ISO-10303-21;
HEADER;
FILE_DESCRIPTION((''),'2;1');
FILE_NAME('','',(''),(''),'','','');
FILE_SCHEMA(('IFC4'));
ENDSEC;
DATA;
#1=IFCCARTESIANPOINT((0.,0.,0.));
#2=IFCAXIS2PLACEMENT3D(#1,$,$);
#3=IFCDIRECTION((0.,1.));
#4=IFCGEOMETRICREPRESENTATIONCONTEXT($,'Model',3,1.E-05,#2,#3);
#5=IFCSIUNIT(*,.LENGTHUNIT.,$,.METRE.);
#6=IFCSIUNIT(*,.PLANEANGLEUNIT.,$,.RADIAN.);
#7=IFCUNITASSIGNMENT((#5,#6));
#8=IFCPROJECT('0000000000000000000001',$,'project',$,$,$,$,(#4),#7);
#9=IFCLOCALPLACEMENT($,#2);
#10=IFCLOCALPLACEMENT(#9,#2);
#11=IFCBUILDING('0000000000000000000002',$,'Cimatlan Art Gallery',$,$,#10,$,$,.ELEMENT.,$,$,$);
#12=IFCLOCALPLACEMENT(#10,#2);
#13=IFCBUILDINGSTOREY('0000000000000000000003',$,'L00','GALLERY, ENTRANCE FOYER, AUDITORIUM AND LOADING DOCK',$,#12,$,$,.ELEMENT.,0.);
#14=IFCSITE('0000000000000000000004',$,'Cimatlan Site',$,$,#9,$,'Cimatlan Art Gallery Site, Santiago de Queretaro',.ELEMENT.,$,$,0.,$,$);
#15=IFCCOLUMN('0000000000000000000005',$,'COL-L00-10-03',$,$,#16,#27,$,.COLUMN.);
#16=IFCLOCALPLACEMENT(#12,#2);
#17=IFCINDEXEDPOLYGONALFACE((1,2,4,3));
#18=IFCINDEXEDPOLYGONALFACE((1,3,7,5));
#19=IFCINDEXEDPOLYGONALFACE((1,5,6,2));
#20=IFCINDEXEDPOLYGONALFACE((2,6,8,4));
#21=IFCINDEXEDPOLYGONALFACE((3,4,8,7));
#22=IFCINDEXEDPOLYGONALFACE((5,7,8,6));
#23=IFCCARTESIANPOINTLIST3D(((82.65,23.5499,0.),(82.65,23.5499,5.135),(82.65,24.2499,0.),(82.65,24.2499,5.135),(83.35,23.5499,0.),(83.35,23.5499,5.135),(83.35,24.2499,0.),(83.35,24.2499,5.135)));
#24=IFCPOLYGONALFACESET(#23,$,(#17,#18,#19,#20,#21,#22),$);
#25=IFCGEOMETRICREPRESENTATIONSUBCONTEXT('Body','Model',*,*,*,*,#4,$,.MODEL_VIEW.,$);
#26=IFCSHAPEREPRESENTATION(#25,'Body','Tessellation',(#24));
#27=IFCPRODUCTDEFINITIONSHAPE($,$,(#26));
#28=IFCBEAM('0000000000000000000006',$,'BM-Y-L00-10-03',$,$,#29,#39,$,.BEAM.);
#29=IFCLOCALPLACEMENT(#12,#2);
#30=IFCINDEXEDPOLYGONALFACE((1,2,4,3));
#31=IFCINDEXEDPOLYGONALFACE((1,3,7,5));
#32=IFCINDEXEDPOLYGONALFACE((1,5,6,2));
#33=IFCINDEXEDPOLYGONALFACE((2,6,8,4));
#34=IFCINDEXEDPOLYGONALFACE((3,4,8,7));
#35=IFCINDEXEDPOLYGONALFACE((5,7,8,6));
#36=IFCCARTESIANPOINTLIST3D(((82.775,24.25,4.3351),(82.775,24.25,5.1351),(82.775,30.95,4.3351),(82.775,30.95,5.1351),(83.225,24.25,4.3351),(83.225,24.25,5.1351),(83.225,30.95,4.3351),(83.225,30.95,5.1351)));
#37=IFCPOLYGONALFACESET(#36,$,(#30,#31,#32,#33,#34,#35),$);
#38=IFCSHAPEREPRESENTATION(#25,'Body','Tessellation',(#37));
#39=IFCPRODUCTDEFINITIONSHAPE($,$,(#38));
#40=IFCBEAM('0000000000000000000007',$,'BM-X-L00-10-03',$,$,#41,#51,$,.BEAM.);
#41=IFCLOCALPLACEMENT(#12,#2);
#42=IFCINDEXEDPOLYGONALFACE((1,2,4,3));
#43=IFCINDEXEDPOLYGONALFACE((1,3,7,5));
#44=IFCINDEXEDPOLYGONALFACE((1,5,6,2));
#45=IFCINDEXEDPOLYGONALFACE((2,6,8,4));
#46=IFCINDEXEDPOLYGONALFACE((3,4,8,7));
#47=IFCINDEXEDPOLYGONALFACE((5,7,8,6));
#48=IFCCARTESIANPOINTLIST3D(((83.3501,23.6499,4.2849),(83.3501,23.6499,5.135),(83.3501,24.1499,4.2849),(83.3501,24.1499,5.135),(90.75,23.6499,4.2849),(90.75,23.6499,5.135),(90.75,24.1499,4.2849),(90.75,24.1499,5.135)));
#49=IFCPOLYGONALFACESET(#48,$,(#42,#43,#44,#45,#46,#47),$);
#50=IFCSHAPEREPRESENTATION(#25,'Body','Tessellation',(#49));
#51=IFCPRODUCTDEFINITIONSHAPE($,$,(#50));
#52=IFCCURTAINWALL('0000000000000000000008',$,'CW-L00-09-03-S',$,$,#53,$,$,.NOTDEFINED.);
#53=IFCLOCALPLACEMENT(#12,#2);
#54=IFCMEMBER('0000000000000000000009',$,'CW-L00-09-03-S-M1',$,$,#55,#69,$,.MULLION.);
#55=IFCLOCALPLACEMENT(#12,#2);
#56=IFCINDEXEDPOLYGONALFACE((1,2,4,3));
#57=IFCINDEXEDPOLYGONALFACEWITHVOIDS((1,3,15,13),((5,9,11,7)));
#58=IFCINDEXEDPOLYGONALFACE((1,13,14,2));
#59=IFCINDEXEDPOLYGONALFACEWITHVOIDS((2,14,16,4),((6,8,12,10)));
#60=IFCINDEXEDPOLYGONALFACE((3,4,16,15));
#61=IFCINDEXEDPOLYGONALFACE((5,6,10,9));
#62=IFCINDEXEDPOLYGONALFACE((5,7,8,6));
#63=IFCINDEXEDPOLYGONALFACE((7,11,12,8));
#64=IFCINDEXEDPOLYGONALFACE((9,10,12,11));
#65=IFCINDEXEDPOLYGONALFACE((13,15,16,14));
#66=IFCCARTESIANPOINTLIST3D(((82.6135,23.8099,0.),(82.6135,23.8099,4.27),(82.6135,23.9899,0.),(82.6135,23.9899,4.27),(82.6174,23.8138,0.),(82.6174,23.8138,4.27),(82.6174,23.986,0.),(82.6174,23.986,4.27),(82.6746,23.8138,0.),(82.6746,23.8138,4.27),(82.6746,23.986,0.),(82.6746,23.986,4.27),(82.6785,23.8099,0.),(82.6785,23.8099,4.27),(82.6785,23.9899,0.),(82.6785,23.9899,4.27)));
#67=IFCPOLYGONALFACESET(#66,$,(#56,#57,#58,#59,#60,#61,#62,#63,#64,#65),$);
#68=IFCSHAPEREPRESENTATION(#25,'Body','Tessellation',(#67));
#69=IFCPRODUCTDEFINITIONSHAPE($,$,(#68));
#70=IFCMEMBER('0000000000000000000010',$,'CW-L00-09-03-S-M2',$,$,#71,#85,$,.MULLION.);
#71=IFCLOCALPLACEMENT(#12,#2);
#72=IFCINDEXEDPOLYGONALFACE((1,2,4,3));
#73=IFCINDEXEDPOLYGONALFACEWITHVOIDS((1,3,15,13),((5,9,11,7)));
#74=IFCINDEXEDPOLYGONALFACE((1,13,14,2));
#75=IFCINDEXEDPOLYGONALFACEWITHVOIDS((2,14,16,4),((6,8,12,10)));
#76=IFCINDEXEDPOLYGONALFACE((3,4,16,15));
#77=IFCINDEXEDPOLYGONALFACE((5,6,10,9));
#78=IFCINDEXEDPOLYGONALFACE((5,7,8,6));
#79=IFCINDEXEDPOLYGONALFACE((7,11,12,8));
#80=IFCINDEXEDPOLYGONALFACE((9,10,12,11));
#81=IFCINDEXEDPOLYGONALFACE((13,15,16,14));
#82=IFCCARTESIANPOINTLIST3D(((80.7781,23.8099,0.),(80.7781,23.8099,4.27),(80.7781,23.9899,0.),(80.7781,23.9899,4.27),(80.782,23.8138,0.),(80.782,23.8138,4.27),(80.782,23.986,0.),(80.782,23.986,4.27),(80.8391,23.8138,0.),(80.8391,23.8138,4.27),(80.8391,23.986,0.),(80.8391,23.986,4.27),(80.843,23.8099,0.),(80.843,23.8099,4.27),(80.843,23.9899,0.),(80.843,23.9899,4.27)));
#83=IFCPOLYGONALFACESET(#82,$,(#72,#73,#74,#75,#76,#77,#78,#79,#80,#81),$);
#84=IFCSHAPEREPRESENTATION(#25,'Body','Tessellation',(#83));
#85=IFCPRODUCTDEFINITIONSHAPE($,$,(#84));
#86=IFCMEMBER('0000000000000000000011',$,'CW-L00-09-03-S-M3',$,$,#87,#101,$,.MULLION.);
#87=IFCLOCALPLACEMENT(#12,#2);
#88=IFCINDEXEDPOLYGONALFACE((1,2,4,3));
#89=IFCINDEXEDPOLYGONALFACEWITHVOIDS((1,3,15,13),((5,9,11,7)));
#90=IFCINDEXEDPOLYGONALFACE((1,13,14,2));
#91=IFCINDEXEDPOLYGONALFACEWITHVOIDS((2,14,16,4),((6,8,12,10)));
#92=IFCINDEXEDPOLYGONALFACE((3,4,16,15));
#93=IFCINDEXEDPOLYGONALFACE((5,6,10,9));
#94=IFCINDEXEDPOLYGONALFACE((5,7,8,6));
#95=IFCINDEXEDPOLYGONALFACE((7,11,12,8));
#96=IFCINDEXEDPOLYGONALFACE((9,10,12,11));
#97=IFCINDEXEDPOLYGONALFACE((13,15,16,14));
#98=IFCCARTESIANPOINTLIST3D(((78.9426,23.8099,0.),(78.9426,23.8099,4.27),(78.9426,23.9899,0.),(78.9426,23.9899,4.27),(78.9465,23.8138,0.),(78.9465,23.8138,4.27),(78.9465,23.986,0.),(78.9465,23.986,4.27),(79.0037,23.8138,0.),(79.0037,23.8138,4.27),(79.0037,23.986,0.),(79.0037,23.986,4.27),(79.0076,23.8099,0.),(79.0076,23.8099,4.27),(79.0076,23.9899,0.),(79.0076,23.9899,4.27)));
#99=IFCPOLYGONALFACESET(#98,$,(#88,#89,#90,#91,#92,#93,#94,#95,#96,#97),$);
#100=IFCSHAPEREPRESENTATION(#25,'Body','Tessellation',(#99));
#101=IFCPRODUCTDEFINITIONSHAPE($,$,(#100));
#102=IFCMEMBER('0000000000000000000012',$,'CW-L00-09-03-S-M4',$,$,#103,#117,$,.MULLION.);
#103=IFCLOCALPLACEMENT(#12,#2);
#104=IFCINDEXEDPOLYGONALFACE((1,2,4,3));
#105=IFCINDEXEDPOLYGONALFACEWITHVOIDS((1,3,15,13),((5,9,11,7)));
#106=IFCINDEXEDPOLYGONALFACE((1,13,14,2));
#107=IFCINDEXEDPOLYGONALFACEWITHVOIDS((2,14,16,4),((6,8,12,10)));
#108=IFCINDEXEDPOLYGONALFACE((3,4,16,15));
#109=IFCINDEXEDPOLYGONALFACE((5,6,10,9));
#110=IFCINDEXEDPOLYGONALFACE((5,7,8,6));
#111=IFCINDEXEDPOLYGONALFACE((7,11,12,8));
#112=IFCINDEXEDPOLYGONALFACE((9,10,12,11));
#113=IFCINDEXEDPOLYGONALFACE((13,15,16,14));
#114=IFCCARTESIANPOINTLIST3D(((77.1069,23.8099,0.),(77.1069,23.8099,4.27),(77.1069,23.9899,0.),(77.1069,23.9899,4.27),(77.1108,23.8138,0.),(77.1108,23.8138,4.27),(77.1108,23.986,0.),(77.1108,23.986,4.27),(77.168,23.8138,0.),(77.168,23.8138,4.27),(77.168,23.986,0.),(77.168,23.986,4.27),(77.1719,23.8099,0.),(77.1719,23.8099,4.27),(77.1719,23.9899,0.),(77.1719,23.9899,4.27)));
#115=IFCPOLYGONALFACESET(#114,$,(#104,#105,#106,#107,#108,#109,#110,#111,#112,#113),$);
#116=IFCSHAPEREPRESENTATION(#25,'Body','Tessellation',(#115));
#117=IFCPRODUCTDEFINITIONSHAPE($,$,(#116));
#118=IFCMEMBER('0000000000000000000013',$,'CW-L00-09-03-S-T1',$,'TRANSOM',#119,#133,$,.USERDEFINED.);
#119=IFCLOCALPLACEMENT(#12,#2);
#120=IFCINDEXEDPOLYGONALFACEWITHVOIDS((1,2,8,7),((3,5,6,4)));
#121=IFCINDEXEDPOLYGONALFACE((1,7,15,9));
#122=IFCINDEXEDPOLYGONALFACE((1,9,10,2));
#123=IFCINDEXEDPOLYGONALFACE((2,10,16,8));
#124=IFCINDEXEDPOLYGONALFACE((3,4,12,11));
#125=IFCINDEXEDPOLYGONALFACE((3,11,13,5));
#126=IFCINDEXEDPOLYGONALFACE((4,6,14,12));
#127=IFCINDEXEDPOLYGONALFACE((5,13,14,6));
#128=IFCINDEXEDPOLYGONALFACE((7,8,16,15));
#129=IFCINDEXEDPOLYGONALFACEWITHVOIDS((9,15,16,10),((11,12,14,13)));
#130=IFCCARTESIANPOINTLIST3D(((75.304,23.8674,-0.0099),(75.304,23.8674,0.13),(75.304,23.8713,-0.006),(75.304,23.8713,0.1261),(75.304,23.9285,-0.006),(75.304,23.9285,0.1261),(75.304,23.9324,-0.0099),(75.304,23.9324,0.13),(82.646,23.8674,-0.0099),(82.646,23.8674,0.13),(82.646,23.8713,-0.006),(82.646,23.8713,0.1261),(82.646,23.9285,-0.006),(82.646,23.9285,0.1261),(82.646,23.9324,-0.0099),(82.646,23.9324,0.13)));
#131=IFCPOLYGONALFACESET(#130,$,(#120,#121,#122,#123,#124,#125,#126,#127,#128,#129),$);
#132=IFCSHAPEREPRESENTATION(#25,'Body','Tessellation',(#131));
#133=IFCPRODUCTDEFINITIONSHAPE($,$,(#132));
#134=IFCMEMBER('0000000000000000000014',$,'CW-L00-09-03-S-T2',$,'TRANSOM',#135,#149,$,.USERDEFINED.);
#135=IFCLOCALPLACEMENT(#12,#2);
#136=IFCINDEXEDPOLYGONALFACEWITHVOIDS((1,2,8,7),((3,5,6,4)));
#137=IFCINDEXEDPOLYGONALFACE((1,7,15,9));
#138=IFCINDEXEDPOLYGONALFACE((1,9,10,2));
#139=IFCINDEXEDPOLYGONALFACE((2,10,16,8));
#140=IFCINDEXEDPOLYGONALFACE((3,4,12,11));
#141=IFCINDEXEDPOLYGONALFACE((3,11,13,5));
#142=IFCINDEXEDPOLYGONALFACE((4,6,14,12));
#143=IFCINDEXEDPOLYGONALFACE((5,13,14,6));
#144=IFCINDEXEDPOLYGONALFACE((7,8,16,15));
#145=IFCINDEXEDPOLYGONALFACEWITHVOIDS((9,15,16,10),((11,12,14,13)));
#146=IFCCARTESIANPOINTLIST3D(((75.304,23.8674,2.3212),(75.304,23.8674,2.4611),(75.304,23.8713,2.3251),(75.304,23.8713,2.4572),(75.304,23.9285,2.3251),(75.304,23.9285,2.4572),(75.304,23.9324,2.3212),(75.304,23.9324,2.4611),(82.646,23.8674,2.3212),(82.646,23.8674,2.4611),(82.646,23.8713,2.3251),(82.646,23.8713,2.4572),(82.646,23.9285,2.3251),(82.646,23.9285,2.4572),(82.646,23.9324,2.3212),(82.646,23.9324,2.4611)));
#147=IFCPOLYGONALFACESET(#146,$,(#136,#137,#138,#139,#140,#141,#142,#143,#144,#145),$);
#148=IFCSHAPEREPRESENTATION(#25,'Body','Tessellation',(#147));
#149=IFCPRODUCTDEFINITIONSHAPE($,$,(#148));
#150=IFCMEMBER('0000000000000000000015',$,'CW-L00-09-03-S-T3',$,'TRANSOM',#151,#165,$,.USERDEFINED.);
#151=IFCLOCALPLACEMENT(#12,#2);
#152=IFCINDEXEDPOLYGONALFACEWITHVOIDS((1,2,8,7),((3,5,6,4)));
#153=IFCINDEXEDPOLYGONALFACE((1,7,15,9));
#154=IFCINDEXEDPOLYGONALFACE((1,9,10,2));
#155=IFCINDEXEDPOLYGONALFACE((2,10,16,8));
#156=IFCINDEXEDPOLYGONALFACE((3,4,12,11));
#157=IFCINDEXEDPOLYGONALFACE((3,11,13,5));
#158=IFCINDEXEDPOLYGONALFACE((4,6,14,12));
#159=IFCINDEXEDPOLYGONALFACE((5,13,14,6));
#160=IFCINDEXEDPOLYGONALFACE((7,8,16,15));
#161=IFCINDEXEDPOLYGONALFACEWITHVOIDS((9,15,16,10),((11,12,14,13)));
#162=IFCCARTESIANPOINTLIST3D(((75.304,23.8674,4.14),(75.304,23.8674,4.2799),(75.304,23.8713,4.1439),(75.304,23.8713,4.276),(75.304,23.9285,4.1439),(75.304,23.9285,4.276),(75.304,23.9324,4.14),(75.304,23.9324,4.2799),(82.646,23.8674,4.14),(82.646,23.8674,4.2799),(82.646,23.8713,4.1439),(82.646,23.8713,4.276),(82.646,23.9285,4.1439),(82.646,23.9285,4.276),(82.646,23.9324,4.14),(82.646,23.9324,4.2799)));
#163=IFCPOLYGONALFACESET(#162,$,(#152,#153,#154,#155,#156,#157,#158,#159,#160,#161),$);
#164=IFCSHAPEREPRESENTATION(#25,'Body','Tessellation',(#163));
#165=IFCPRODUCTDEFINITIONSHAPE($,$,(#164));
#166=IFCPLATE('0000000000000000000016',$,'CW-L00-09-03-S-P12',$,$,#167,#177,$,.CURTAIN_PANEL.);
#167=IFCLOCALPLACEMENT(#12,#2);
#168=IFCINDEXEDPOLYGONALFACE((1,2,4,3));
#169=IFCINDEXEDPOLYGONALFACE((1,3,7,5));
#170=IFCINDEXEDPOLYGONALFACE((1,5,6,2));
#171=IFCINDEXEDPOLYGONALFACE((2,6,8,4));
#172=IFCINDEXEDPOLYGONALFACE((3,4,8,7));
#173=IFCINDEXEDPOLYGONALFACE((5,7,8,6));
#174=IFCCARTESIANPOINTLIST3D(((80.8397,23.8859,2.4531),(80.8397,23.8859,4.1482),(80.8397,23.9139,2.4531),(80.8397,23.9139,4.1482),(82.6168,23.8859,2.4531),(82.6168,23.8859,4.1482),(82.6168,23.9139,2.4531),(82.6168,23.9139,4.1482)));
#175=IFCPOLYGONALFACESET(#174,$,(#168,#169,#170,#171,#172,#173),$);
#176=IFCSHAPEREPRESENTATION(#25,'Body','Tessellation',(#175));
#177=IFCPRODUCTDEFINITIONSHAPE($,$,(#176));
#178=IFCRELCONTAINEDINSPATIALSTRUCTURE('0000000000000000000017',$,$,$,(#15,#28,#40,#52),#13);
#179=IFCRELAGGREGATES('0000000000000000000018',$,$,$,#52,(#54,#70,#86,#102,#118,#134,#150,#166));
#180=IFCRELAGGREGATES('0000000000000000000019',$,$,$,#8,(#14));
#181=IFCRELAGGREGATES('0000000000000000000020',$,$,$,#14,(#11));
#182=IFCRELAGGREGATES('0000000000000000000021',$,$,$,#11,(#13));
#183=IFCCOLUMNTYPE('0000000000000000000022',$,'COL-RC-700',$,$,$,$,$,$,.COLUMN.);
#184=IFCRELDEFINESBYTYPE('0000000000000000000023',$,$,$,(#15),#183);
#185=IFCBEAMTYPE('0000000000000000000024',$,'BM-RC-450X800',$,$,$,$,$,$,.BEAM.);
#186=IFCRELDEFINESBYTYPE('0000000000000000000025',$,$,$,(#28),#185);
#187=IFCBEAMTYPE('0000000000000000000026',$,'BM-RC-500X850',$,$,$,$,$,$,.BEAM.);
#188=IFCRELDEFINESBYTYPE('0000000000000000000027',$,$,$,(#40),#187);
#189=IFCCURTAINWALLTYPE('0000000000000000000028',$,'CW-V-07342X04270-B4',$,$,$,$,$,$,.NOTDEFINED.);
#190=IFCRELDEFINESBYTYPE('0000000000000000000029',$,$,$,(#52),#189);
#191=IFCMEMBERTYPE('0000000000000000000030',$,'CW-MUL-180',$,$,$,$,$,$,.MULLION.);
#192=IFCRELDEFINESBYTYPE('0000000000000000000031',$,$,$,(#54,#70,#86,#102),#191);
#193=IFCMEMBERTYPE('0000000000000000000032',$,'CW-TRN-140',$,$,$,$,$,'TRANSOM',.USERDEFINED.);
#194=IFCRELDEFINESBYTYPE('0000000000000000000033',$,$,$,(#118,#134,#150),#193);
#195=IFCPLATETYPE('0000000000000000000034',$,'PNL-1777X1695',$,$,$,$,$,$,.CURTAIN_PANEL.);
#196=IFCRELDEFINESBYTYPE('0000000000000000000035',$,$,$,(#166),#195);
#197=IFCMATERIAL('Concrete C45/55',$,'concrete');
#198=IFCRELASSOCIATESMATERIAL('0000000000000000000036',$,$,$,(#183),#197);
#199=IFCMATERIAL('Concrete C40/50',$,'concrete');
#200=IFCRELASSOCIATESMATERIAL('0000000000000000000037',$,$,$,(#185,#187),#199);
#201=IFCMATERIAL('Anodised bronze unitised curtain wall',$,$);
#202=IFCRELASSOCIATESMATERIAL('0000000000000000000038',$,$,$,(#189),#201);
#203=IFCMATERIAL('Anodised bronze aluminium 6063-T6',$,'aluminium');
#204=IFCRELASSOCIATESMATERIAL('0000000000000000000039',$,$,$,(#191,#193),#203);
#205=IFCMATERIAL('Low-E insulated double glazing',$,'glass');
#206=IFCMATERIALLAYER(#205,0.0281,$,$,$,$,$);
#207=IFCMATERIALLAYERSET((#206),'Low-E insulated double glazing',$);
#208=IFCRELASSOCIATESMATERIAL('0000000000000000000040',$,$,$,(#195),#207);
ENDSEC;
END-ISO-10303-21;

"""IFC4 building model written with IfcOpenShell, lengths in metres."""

from ifc_helpers import new_model, si_unit, direction, frame, origin, origin_2d, place, context, subcontext, project, spatial, rectangle, hollow_rectangle, extrude, material, layer, layer_set, material_profile, profile_set, type_object, element, aggregate, save


model = new_model("IFC4")

# Units and contexts
model_context = context("Model", 3, precision=1e-05, world=origin(), true_north=direction((0.0, 1.0)))
body_context = subcontext(model_context, "Body", "Model", "MODEL_VIEW")
ifc_project = project(units=[si_unit("LENGTHUNIT", "METRE"), si_unit("PLANEANGLEUNIT", "RADIAN")], contexts=[model_context])

# Site, building, storey
site_placement = place(None, origin())
site = spatial("IfcSite", under=ifc_project, at=site_placement, Name="Cimatlan Site", LongName="Cimatlan Art Gallery Site, Santiago de Queretaro", CompositionType="ELEMENT", RefElevation=0.0)
building_placement = place(site_placement, origin())
building = spatial("IfcBuilding", under=site, at=building_placement, Name="Cimatlan Art Gallery", CompositionType="ELEMENT")
storey_placement = place(building_placement, origin())
storey = spatial("IfcBuildingStorey", under=building, at=storey_placement, Name="L00", Description="GALLERY, ENTRANCE FOYER, AUDITORIUM AND LOADING DOCK", CompositionType="ELEMENT", Elevation=0.0)

# Column
ifc_material_1 = material(Name="Concrete C45/55", Category="concrete")
ifc_material_profile_1 = material_profile(ifc_material_1, rectangle(XDim=0.7, YDim=0.7, at=origin_2d()), Name="RC700X700")
ifc_profile_set_1 = profile_set([ifc_material_profile_1], Name="Concrete C45/55")
column_type = type_object("IfcColumnType", Name="COL-RC-700", PredefinedType="COLUMN", material=ifc_profile_set_1)
column_placement = place(storey_placement, frame((83.0, 23.8999, 0.0), z_axis=(0.0, 0.0, 1.0), x_axis=(1.0, 0.0, 0.0)))
element("IfcColumn", 1, at=column_placement, inside=storey, type_object=column_type, Name="COL-L00-10-03", PredefinedType="COLUMN", context=body_context, shape_type="SweptSolid", body=[
    extrude(rectangle(XDim=0.7, YDim=0.7, at=origin_2d()), origin(), (0.0, 0.0, 1.0), 5.135),
])

# Beams
ifc_material_2 = material(Name="Concrete C40/50", Category="concrete")
ifc_material_profile_2 = material_profile(ifc_material_2, rectangle(XDim=0.45, YDim=0.8, at=origin_2d()), Name="RC450X800")
ifc_profile_set_2 = profile_set([ifc_material_profile_2], Name="Concrete C40/50")
beam_type_1 = type_object("IfcBeamType", Name="BM-RC-450X800", PredefinedType="BEAM", material=ifc_profile_set_2)
beam_1_placement = place(storey_placement, frame((83.0, 24.25, 4.7351), z_axis=(0.0, 1.0, 0.0), x_axis=(-1.0, 0.0, 0.0)))
element("IfcBeam", 2, at=beam_1_placement, inside=storey, type_object=beam_type_1, Name="BM-Y-L00-10-03", PredefinedType="BEAM", context=body_context, shape_type="SweptSolid", body=[
    extrude(rectangle(XDim=0.45, YDim=0.8, at=origin_2d()), origin(), (0.0, 0.0, 1.0), 6.7),
])
ifc_material_profile_3 = material_profile(ifc_material_2, rectangle(XDim=0.5, YDim=0.8501, at=origin_2d()), Name="RC500X850")
ifc_profile_set_3 = profile_set([ifc_material_profile_3], Name="Concrete C40/50")
beam_type_2 = type_object("IfcBeamType", Name="BM-RC-500X850", PredefinedType="BEAM", material=ifc_profile_set_3)
beam_2_placement = place(storey_placement, frame((83.3501, 23.8999, 4.71), z_axis=(1.0, 0.0, 0.0), x_axis=(0.0, 1.0, 0.0)))
element("IfcBeam", 3, at=beam_2_placement, inside=storey, type_object=beam_type_2, Name="BM-X-L00-10-03", PredefinedType="BEAM", context=body_context, shape_type="SweptSolid", body=[
    extrude(rectangle(XDim=0.5, YDim=0.8501, at=origin_2d()), origin(), (0.0, 0.0, 1.0), 7.3999),
])

# Curtain wall, members, plate
ifc_material_3 = material(Name="Anodised bronze unitised curtain wall")
curtain_wall_type = type_object("IfcCurtainWallType", Name="CW-V-07342X04270-B4", PredefinedType="NOTDEFINED", material=ifc_material_3)
curtain_wall_placement = place(storey_placement, origin())
curtain_wall = element("IfcCurtainWall", 4, at=curtain_wall_placement, inside=storey, type_object=curtain_wall_type, Name="CW-L00-09-03-S", PredefinedType="NOTDEFINED")
ifc_material_4 = material(Name="Anodised bronze aluminium 6063-T6", Category="aluminium")
ifc_material_profile_4 = material_profile(ifc_material_4, hollow_rectangle(XDim=0.0649, YDim=0.1799, WallThickness=0.0039, at=origin_2d()), Name="ALU65X180X4")
ifc_profile_set_4 = profile_set([ifc_material_profile_4], Name="Anodised bronze aluminium 6063-T6")
member_type_1 = type_object("IfcMemberType", Name="CW-MUL-180", PredefinedType="MULLION", material=ifc_profile_set_4)
member_1_placement = place(storey_placement, frame((82.646, 23.8999, 0.0), z_axis=(0.0, 0.0, 1.0), x_axis=(1.0, 0.0, 0.0)))
member_1 = element("IfcMember", 5, at=member_1_placement, type_object=member_type_1, Name="CW-L00-09-03-S-M1", PredefinedType="MULLION", context=body_context, shape_type="SweptSolid", body=[
    extrude(hollow_rectangle(XDim=0.0649, YDim=0.1799, WallThickness=0.0039, at=origin_2d()), origin(), (0.0, 0.0, 1.0), 4.27),
])
member_2_placement = place(storey_placement, frame((80.8105, 23.8999, 0.0), z_axis=(0.0, 0.0, 1.0), x_axis=(1.0, 0.0, 0.0)))
member_2 = element("IfcMember", 6, at=member_2_placement, type_object=member_type_1, Name="CW-L00-09-03-S-M2", PredefinedType="MULLION", context=body_context, shape_type="SweptSolid", body=[
    extrude(hollow_rectangle(XDim=0.0649, YDim=0.1799, WallThickness=0.0039, at=origin_2d()), origin(), (0.0, 0.0, 1.0), 4.27),
])
member_3_placement = place(storey_placement, frame((78.9751, 23.8999, 0.0), z_axis=(0.0, 0.0, 1.0), x_axis=(1.0, 0.0, 0.0)))
member_3 = element("IfcMember", 7, at=member_3_placement, type_object=member_type_1, Name="CW-L00-09-03-S-M3", PredefinedType="MULLION", context=body_context, shape_type="SweptSolid", body=[
    extrude(hollow_rectangle(XDim=0.0649, YDim=0.1799, WallThickness=0.0039, at=origin_2d()), origin(), (0.0, 0.0, 1.0), 4.27),
])
member_4_placement = place(storey_placement, frame((77.1394, 23.8999, 0.0), z_axis=(0.0, 0.0, 1.0), x_axis=(1.0, 0.0, 0.0)))
member_4 = element("IfcMember", 8, at=member_4_placement, type_object=member_type_1, Name="CW-L00-09-03-S-M4", PredefinedType="MULLION", context=body_context, shape_type="SweptSolid", body=[
    extrude(hollow_rectangle(XDim=0.0649, YDim=0.1799, WallThickness=0.0039, at=origin_2d()), origin(), (0.0, 0.0, 1.0), 4.27),
])
ifc_material_profile_5 = material_profile(ifc_material_4, hollow_rectangle(XDim=0.0649, YDim=0.1399, WallThickness=0.0039, at=origin_2d()), Name="ALU65X140X4")
ifc_profile_set_5 = profile_set([ifc_material_profile_5], Name="Anodised bronze aluminium 6063-T6")
member_type_2 = type_object("IfcMemberType", Name="CW-TRN-140", ElementType="TRANSOM", PredefinedType="USERDEFINED", material=ifc_profile_set_5)
member_5_placement = place(storey_placement, frame((82.646, 23.8999, 0.0601), z_axis=(-1.0, 0.0, 0.0), x_axis=(0.0, -1.0, 0.0)))
member_5 = element("IfcMember", 9, at=member_5_placement, type_object=member_type_2, Name="CW-L00-09-03-S-T1", ObjectType="TRANSOM", PredefinedType="USERDEFINED", context=body_context, shape_type="SweptSolid", body=[
    extrude(hollow_rectangle(XDim=0.0649, YDim=0.1399, WallThickness=0.0039, at=origin_2d()), origin(), (0.0, 0.0, 1.0), 7.342),
])
member_6_placement = place(storey_placement, frame((82.646, 23.8999, 2.3911), z_axis=(-1.0, 0.0, 0.0), x_axis=(0.0, -1.0, 0.0)))
member_6 = element("IfcMember", 10, at=member_6_placement, type_object=member_type_2, Name="CW-L00-09-03-S-T2", ObjectType="TRANSOM", PredefinedType="USERDEFINED", context=body_context, shape_type="SweptSolid", body=[
    extrude(hollow_rectangle(XDim=0.0649, YDim=0.1399, WallThickness=0.0039, at=origin_2d()), origin(), (0.0, 0.0, 1.0), 7.342),
])
member_7_placement = place(storey_placement, frame((82.646, 23.8999, 4.21), z_axis=(-1.0, 0.0, 0.0), x_axis=(0.0, -1.0, 0.0)))
member_7 = element("IfcMember", 11, at=member_7_placement, type_object=member_type_2, Name="CW-L00-09-03-S-T3", ObjectType="TRANSOM", PredefinedType="USERDEFINED", context=body_context, shape_type="SweptSolid", body=[
    extrude(hollow_rectangle(XDim=0.0649, YDim=0.1399, WallThickness=0.0039, at=origin_2d()), origin(), (0.0, 0.0, 1.0), 7.342),
])
ifc_material_5 = material(Name="Low-E insulated double glazing", Category="glass")
ifc_layer_1 = layer(ifc_material_5, 0.0281)
ifc_layer_set_1 = layer_set([ifc_layer_1], Name="Low-E insulated double glazing")
plate_type_1 = type_object("IfcPlateType", Name="PNL-1777X1695", PredefinedType="CURTAIN_PANEL", material=ifc_layer_set_1)
plate_1_placement = place(storey_placement, frame((81.7283, 23.8999, 2.4531), z_axis=(0.0, 0.0, 1.0), x_axis=(-1.0, 0.0, 0.0)))
plate_1 = element("IfcPlate", 12, at=plate_1_placement, type_object=plate_type_1, Name="CW-L00-09-03-S-P12", PredefinedType="CURTAIN_PANEL", context=body_context, shape_type="SweptSolid", body=[
    extrude(rectangle(XDim=1.7771, YDim=0.0281, at=origin_2d()), origin(), (0.0, 0.0, 1.0), 1.6951),
])
aggregate(curtain_wall, [member_1, member_2, member_3, member_4, member_5, member_6, member_7, plate_1])

save(model, "model.ifc")
